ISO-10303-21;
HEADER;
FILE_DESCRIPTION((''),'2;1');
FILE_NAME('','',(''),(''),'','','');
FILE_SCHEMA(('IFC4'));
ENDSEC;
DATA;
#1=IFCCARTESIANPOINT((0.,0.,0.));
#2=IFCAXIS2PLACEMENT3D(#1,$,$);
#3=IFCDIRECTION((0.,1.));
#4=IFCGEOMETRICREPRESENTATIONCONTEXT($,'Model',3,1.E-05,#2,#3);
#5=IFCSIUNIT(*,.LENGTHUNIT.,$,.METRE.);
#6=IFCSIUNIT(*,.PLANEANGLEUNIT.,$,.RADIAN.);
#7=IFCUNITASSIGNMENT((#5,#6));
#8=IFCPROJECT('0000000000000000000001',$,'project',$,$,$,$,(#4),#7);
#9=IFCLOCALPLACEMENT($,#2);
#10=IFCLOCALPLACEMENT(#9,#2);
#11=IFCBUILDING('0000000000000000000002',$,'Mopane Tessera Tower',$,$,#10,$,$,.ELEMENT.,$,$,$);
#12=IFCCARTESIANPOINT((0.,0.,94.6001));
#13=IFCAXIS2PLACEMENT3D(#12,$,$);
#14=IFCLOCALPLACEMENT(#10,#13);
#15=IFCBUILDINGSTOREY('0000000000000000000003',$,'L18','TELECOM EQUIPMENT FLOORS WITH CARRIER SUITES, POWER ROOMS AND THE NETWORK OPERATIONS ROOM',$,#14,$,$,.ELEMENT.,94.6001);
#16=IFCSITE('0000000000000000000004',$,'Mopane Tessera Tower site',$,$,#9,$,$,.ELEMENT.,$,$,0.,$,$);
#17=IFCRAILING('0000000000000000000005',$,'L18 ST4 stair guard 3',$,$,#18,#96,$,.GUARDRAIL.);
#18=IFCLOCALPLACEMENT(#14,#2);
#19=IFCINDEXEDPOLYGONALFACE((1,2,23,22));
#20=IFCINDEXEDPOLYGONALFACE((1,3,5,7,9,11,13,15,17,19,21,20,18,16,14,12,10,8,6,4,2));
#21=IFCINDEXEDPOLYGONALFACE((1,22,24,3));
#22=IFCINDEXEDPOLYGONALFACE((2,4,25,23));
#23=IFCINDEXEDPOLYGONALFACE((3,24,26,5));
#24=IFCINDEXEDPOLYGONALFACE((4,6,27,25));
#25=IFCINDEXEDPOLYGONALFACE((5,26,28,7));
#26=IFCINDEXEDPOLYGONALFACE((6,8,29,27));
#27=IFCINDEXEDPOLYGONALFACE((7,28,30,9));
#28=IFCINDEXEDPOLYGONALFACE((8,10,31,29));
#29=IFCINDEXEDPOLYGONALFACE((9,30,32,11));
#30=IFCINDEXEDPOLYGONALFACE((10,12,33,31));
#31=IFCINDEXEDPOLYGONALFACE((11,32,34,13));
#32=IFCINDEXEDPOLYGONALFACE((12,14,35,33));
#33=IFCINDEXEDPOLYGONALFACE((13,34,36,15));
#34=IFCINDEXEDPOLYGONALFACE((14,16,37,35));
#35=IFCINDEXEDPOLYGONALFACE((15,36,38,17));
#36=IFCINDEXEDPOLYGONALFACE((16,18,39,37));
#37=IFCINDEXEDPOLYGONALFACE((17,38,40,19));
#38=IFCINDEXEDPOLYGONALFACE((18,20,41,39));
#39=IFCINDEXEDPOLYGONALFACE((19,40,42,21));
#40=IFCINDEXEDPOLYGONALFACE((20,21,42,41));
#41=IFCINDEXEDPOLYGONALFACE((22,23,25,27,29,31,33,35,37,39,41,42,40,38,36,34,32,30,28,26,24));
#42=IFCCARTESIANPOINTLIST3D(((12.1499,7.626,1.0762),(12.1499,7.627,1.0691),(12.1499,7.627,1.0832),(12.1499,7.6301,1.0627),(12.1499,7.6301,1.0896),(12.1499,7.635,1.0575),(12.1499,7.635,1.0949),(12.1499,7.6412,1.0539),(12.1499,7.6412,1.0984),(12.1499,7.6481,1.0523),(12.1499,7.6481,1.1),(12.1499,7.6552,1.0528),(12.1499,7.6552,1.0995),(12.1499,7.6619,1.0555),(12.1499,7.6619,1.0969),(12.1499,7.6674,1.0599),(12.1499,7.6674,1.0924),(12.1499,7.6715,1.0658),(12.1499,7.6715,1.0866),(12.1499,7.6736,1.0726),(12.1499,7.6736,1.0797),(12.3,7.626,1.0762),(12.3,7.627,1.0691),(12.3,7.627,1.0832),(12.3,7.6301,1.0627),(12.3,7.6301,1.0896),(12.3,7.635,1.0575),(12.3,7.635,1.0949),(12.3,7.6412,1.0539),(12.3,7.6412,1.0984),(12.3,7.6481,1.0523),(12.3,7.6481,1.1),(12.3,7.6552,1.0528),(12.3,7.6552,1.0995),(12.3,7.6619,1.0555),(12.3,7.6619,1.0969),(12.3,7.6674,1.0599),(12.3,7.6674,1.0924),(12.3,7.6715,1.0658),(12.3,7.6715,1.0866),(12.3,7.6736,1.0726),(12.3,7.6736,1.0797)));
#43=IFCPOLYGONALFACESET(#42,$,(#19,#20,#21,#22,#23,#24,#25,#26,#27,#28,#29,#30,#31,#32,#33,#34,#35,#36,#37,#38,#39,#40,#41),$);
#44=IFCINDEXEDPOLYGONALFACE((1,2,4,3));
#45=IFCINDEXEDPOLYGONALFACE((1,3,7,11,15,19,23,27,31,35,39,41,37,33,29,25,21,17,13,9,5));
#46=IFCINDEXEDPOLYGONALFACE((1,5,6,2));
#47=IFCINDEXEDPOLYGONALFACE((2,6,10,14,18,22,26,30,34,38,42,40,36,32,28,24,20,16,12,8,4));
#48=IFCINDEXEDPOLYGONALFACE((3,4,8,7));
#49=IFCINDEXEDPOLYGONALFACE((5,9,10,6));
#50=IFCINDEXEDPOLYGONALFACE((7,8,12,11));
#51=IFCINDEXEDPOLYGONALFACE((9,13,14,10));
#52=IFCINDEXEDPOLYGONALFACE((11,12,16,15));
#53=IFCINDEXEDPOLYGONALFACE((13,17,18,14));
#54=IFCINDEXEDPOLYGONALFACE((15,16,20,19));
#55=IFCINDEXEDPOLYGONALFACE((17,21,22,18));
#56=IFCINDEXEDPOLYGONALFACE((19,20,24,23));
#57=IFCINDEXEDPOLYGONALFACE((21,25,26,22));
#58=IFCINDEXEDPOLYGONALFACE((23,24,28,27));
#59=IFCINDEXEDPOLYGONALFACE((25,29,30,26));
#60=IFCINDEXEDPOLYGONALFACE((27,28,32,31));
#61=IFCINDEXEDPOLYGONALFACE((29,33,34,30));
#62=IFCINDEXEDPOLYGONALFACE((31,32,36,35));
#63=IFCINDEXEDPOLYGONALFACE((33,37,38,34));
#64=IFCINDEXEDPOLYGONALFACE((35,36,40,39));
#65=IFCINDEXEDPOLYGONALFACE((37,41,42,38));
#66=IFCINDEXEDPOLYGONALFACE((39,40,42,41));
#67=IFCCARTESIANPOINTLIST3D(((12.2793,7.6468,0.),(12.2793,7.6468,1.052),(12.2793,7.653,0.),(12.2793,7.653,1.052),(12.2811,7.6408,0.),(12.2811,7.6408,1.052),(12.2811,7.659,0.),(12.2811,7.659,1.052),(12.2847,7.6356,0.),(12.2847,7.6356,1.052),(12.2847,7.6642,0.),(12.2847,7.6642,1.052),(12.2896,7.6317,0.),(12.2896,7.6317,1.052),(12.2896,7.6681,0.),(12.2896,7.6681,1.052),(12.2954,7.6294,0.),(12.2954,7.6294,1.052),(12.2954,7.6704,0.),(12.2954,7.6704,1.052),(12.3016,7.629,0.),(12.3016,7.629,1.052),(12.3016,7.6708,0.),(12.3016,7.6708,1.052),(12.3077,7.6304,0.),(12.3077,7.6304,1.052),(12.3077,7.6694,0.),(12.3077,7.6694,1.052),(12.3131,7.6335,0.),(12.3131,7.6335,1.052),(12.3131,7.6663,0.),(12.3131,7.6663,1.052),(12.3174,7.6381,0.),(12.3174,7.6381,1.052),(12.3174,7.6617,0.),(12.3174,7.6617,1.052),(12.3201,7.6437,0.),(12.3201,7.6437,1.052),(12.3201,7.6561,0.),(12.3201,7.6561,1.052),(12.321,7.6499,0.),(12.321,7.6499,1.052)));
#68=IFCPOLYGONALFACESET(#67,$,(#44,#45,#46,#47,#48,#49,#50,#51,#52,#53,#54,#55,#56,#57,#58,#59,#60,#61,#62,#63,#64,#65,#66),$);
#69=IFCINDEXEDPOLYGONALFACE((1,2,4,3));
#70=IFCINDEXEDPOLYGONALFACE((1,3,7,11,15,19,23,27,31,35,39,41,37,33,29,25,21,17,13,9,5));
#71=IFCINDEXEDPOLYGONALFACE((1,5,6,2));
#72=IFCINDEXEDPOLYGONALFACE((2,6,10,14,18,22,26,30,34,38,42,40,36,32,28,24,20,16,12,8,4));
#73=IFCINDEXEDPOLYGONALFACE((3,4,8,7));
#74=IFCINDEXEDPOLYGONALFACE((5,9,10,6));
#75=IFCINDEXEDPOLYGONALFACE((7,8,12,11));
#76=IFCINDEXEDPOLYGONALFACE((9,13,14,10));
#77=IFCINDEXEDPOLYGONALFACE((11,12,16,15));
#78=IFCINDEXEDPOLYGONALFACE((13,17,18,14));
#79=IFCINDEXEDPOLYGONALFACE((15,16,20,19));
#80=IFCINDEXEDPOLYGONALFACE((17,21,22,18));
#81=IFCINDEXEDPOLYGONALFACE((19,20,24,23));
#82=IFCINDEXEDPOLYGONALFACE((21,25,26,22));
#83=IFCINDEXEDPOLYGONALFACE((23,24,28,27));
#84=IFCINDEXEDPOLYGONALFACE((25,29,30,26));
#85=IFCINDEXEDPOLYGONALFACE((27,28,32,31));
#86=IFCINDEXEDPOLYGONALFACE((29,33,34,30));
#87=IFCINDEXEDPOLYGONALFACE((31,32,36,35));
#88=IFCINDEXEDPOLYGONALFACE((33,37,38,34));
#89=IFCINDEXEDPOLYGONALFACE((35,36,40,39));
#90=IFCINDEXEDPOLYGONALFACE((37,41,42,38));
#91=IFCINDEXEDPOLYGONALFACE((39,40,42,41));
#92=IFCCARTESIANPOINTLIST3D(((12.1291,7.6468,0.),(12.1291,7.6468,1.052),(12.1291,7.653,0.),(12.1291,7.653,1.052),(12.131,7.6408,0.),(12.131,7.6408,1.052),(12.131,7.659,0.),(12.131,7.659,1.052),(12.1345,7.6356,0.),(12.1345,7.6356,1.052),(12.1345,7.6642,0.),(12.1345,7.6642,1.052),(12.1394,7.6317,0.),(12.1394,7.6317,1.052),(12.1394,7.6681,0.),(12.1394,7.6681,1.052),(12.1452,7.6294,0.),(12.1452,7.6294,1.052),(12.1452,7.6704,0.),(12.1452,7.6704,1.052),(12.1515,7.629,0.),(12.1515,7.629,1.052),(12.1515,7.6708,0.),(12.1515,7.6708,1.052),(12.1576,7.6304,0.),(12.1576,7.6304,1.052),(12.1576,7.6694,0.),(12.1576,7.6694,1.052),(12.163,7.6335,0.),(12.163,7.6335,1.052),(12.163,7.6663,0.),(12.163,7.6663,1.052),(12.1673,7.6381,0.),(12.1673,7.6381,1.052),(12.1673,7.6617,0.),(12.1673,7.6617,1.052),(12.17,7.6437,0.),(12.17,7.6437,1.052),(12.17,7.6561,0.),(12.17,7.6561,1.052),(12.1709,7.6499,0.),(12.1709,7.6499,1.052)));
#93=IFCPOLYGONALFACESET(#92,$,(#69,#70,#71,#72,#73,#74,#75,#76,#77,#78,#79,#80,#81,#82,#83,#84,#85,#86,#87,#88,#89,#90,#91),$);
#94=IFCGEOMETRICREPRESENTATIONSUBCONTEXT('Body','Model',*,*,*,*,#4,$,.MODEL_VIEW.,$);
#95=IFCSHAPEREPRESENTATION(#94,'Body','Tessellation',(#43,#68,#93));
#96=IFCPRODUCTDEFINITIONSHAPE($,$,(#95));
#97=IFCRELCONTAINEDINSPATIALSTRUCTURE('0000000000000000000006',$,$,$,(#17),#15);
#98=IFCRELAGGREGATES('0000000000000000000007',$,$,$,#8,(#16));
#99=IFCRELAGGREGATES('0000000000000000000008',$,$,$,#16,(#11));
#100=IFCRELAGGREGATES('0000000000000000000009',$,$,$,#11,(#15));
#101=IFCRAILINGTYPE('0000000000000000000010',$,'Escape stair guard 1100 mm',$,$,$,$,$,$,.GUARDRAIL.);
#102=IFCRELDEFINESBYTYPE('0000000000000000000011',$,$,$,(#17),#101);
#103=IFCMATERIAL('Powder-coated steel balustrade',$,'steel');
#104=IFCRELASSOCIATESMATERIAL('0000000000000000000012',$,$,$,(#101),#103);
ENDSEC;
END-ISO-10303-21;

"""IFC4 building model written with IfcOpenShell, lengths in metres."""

from ifc_helpers import new_model, si_unit, direction, frame, origin, origin_2d, place, context, subcontext, project, spatial, circle, extrude, material, type_object, element, save


model = new_model("IFC4")

# Units and contexts
model_context = context("Model", 3, precision=1e-05, world=origin(), true_north=direction((0.0, 1.0)))
body_context = subcontext(model_context, "Body", "Model", "MODEL_VIEW")
ifc_project = project(units=[si_unit("LENGTHUNIT", "METRE"), si_unit("PLANEANGLEUNIT", "RADIAN")], contexts=[model_context])

# Site, building, storey
site_placement = place(None, origin())
site = spatial("IfcSite", under=ifc_project, at=site_placement, Name="Mopane Tessera Tower site", CompositionType="ELEMENT", RefElevation=0.0)
building_placement = place(site_placement, origin())
building = spatial("IfcBuilding", under=site, at=building_placement, Name="Mopane Tessera Tower", CompositionType="ELEMENT")
storey_placement = place(building_placement, frame((0.0, 0.0, 94.6001)))
storey = spatial("IfcBuildingStorey", under=building, at=storey_placement, Name="L18", Description="TELECOM EQUIPMENT FLOORS WITH CARRIER SUITES, POWER ROOMS AND THE NETWORK OPERATIONS ROOM", CompositionType="ELEMENT", Elevation=94.6001)

# Railing
ifc_material_1 = material(Name="Powder-coated steel balustrade", Category="steel")
railing_type = type_object("IfcRailingType", Name="Escape stair guard 1100 mm", PredefinedType="GUARDRAIL", material=ifc_material_1)
railing_1_placement = place(storey_placement, frame((12.3, 7.6499, 0.0)))
element("IfcRailing", 1, at=railing_1_placement, inside=storey, type_object=railing_type, Name="L18 ST4 stair guard 3", PredefinedType="GUARDRAIL", context=body_context, shape_type="SweptSolid", body=[
    extrude(circle(Radius=0.0239, at=origin_2d()), frame((0.0, 0.0, 1.0762), z_axis=(-1.0, 0.0, 0.0), x_axis=(0.0, -1.0, 0.0)), (0.0, 0.0, 1.0), 0.1501),
    extrude(circle(Radius=0.021, at=origin_2d()), origin(), (0.0, 0.0, 1.0), 1.052),
    extrude(circle(Radius=0.021, at=origin_2d()), frame((-0.1501, 0.0, 0.0)), (0.0, 0.0, 1.0), 1.052),
])

save(model, "model.ifc")
